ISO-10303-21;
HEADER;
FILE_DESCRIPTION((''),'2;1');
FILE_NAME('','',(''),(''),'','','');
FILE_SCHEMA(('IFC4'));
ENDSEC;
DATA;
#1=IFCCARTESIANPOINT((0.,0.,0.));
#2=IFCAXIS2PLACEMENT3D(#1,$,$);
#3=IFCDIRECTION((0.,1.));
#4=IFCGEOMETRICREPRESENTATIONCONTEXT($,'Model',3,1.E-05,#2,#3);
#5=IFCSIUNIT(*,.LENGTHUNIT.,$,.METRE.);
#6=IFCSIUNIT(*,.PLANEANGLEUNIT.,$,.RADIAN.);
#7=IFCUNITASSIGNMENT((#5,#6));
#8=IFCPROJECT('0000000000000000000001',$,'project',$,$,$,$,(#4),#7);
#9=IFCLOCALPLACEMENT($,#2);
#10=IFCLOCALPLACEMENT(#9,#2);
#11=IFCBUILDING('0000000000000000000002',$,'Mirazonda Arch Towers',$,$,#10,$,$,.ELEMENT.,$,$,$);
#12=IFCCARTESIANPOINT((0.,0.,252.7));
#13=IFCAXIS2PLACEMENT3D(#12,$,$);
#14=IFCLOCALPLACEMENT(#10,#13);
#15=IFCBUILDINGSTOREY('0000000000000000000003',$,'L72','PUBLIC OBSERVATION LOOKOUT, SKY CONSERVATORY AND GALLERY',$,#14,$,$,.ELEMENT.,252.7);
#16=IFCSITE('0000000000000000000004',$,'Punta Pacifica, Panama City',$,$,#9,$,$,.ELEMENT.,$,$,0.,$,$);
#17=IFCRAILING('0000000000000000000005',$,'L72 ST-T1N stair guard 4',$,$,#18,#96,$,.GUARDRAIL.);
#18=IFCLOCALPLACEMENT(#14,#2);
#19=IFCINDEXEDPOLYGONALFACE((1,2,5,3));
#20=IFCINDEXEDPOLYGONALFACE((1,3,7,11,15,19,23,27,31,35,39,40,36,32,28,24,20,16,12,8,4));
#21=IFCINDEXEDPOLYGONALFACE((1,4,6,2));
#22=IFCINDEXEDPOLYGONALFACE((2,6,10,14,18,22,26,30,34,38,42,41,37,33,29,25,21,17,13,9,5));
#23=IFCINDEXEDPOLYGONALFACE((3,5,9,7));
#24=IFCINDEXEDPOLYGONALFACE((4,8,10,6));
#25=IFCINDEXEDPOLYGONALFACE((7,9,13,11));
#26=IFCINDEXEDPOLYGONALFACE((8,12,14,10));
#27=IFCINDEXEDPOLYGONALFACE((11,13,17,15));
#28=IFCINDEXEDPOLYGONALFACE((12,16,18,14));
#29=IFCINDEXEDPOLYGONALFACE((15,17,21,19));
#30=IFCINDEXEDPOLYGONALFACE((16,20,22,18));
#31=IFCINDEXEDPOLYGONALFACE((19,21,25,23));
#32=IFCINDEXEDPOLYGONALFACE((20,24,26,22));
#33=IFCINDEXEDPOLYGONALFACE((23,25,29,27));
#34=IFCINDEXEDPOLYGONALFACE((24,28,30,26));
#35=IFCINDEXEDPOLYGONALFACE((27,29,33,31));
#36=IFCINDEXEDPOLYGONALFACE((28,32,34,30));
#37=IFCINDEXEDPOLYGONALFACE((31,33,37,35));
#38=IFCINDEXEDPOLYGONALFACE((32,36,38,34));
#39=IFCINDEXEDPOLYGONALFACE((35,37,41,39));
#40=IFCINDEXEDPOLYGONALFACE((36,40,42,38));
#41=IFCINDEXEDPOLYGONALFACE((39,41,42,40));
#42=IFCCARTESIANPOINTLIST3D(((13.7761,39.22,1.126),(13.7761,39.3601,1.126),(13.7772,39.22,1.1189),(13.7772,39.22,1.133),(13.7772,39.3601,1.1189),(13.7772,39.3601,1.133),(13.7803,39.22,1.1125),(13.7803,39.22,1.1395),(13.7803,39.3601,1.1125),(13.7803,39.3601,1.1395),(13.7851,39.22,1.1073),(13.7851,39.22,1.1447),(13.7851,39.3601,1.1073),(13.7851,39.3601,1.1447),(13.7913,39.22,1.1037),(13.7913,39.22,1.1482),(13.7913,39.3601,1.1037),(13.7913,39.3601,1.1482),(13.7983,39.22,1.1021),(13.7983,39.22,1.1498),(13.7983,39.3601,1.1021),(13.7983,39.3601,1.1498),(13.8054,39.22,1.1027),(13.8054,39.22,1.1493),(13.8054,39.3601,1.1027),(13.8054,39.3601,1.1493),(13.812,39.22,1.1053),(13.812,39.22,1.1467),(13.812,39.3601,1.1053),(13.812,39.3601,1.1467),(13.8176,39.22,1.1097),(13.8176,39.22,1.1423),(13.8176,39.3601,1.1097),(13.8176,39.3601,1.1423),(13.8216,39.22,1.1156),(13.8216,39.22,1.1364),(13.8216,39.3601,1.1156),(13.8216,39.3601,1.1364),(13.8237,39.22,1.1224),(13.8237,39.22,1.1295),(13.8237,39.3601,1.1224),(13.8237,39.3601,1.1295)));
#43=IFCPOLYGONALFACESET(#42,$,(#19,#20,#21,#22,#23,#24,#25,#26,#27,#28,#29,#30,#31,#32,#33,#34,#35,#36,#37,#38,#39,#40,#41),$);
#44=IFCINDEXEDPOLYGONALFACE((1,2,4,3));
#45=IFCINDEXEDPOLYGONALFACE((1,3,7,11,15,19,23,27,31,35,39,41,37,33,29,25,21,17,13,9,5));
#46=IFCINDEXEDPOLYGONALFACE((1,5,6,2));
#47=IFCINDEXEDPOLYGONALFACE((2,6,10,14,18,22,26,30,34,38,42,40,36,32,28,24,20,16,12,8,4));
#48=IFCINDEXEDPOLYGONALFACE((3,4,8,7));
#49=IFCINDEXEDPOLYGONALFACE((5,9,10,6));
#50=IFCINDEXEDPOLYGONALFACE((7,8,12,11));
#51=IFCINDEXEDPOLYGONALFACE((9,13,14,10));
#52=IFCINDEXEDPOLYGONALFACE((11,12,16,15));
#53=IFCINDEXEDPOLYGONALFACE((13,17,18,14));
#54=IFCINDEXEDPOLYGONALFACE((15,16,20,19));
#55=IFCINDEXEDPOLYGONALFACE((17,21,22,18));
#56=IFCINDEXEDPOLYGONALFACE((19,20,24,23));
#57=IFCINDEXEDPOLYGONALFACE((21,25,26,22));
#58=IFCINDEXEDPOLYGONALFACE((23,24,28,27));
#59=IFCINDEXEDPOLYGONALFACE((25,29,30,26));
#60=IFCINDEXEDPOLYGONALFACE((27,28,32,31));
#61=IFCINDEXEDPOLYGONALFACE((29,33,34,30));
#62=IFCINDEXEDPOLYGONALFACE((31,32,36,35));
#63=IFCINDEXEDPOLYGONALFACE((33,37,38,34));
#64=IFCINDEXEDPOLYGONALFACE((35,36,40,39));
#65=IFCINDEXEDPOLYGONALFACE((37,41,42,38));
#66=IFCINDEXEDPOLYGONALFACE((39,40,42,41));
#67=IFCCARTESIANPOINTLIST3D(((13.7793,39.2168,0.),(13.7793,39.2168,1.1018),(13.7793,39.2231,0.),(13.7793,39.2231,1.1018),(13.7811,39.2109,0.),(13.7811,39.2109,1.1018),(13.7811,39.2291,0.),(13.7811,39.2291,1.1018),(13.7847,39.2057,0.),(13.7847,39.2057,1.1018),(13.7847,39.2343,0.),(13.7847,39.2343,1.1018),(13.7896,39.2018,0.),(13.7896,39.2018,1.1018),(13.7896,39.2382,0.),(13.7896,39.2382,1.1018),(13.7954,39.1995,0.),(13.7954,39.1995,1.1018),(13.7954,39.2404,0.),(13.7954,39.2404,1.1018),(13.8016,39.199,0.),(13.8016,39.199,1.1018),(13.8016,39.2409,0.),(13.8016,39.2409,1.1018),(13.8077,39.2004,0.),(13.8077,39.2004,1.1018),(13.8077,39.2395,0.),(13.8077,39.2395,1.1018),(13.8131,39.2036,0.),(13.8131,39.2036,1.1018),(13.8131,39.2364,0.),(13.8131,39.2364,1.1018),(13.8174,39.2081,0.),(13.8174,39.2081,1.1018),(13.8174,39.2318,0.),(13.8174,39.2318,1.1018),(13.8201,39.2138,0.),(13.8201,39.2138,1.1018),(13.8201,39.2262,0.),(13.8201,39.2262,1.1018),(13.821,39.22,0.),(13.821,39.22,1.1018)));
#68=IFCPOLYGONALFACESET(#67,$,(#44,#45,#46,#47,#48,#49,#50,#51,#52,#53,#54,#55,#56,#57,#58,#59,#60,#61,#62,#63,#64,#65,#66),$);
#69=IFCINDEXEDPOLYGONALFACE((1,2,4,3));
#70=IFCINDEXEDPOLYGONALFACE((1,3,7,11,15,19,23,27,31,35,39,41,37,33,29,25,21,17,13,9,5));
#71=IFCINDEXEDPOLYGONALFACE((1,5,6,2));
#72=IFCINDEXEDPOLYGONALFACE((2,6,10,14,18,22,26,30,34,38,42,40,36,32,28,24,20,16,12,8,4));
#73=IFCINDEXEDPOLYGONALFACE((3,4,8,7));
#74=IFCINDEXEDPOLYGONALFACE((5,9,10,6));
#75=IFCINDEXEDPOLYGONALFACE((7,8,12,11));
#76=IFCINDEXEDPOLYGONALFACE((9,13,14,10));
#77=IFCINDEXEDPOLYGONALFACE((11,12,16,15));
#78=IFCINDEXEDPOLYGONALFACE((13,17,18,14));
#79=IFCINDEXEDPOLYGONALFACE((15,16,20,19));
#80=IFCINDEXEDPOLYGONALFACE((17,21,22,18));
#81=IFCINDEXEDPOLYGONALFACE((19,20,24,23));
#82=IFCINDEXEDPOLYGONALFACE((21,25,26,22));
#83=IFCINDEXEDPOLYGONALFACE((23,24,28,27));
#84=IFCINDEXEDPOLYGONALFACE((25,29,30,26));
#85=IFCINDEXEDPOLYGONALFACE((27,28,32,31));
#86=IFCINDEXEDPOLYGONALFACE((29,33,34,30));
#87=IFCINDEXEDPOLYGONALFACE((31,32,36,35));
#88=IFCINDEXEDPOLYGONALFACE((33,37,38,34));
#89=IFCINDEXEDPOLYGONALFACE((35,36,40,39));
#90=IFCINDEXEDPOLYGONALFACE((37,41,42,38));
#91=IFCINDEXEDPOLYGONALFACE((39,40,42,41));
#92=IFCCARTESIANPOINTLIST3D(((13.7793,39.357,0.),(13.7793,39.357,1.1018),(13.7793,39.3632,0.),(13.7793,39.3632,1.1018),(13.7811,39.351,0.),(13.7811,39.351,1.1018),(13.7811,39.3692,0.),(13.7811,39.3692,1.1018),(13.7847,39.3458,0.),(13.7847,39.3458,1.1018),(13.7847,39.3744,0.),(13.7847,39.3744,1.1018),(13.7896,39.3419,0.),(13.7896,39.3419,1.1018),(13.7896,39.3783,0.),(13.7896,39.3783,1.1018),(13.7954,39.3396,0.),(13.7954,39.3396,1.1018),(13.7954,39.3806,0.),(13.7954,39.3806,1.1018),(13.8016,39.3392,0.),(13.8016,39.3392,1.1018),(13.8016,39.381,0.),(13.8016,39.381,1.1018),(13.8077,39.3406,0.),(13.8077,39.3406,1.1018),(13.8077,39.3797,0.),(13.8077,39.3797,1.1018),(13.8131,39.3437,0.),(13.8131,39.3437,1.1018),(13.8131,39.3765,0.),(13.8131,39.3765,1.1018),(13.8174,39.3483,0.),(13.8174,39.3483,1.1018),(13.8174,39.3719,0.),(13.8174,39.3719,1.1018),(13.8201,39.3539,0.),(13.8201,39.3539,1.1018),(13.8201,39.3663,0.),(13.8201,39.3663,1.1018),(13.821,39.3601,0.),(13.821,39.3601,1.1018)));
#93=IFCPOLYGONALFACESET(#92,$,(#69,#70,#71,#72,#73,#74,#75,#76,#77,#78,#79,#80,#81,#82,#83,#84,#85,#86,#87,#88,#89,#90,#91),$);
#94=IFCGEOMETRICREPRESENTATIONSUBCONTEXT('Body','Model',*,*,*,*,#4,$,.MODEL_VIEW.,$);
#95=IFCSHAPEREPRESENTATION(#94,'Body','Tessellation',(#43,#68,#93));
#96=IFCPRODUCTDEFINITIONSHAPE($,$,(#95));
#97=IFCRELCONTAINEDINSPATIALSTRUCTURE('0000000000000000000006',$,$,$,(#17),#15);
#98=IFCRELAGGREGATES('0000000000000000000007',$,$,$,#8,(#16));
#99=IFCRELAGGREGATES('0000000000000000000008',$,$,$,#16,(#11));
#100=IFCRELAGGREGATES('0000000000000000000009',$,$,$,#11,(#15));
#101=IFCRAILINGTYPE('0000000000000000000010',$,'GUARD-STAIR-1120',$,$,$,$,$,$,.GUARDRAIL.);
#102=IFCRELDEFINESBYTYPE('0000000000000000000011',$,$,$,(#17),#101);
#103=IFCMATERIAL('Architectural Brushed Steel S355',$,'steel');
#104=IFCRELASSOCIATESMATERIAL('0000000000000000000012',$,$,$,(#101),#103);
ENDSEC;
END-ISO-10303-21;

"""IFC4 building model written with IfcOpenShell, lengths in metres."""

from ifc_helpers import new_model, si_unit, direction, frame, origin, origin_2d, place, context, subcontext, project, spatial, circle, extrude, material, type_object, element, save


model = new_model("IFC4")

# Units and contexts
model_context = context("Model", 3, precision=1e-05, world=origin(), true_north=direction((0.0, 1.0)))
body_context = subcontext(model_context, "Body", "Model", "MODEL_VIEW")
ifc_project = project(units=[si_unit("LENGTHUNIT", "METRE"), si_unit("PLANEANGLEUNIT", "RADIAN")], contexts=[model_context])

# Site, building, storey
site_placement = place(None, origin())
site = spatial("IfcSite", under=ifc_project, at=site_placement, Name="Punta Pacifica, Panama City", CompositionType="ELEMENT", RefElevation=0.0)
building_placement = place(site_placement, origin())
building = spatial("IfcBuilding", under=site, at=building_placement, Name="Mirazonda Arch Towers", CompositionType="ELEMENT")
storey_placement = place(building_placement, frame((0.0, 0.0, 252.7)))
storey = spatial("IfcBuildingStorey", under=building, at=storey_placement, Name="L72", Description="PUBLIC OBSERVATION LOOKOUT, SKY CONSERVATORY AND GALLERY", CompositionType="ELEMENT", Elevation=252.7)

# Shared definitions
ifc_material_1 = material(Name="Architectural Brushed Steel S355", Category="steel")

# Railing
railing_type_1 = type_object("IfcRailingType", Name="GUARD-STAIR-1120", PredefinedType="GUARDRAIL", material=ifc_material_1)
railing_1_placement = place(storey_placement, frame((13.8, 39.22, 0.0)))
element("IfcRailing", 1, at=railing_1_placement, inside=storey, type_object=railing_type_1, Name="L72 ST-T1N stair guard 4", PredefinedType="GUARDRAIL", context=body_context, shape_type="SweptSolid", body=[
    extrude(circle(Radius=0.0239, at=origin_2d()), frame((0.0, 0.0, 1.126), z_axis=(0.0, 1.0, 0.0), x_axis=(-1.0, 0.0, 0.0)), (0.0, 0.0, 1.0), 0.1401),
    extrude(circle(Radius=0.021, at=origin_2d()), origin(), (0.0, 0.0, 1.0), 1.1018),
    extrude(circle(Radius=0.021, at=origin_2d()), frame((0.0, 0.1401, 0.0)), (0.0, 0.0, 1.0), 1.1018),
])

save(model, "model.ifc")
